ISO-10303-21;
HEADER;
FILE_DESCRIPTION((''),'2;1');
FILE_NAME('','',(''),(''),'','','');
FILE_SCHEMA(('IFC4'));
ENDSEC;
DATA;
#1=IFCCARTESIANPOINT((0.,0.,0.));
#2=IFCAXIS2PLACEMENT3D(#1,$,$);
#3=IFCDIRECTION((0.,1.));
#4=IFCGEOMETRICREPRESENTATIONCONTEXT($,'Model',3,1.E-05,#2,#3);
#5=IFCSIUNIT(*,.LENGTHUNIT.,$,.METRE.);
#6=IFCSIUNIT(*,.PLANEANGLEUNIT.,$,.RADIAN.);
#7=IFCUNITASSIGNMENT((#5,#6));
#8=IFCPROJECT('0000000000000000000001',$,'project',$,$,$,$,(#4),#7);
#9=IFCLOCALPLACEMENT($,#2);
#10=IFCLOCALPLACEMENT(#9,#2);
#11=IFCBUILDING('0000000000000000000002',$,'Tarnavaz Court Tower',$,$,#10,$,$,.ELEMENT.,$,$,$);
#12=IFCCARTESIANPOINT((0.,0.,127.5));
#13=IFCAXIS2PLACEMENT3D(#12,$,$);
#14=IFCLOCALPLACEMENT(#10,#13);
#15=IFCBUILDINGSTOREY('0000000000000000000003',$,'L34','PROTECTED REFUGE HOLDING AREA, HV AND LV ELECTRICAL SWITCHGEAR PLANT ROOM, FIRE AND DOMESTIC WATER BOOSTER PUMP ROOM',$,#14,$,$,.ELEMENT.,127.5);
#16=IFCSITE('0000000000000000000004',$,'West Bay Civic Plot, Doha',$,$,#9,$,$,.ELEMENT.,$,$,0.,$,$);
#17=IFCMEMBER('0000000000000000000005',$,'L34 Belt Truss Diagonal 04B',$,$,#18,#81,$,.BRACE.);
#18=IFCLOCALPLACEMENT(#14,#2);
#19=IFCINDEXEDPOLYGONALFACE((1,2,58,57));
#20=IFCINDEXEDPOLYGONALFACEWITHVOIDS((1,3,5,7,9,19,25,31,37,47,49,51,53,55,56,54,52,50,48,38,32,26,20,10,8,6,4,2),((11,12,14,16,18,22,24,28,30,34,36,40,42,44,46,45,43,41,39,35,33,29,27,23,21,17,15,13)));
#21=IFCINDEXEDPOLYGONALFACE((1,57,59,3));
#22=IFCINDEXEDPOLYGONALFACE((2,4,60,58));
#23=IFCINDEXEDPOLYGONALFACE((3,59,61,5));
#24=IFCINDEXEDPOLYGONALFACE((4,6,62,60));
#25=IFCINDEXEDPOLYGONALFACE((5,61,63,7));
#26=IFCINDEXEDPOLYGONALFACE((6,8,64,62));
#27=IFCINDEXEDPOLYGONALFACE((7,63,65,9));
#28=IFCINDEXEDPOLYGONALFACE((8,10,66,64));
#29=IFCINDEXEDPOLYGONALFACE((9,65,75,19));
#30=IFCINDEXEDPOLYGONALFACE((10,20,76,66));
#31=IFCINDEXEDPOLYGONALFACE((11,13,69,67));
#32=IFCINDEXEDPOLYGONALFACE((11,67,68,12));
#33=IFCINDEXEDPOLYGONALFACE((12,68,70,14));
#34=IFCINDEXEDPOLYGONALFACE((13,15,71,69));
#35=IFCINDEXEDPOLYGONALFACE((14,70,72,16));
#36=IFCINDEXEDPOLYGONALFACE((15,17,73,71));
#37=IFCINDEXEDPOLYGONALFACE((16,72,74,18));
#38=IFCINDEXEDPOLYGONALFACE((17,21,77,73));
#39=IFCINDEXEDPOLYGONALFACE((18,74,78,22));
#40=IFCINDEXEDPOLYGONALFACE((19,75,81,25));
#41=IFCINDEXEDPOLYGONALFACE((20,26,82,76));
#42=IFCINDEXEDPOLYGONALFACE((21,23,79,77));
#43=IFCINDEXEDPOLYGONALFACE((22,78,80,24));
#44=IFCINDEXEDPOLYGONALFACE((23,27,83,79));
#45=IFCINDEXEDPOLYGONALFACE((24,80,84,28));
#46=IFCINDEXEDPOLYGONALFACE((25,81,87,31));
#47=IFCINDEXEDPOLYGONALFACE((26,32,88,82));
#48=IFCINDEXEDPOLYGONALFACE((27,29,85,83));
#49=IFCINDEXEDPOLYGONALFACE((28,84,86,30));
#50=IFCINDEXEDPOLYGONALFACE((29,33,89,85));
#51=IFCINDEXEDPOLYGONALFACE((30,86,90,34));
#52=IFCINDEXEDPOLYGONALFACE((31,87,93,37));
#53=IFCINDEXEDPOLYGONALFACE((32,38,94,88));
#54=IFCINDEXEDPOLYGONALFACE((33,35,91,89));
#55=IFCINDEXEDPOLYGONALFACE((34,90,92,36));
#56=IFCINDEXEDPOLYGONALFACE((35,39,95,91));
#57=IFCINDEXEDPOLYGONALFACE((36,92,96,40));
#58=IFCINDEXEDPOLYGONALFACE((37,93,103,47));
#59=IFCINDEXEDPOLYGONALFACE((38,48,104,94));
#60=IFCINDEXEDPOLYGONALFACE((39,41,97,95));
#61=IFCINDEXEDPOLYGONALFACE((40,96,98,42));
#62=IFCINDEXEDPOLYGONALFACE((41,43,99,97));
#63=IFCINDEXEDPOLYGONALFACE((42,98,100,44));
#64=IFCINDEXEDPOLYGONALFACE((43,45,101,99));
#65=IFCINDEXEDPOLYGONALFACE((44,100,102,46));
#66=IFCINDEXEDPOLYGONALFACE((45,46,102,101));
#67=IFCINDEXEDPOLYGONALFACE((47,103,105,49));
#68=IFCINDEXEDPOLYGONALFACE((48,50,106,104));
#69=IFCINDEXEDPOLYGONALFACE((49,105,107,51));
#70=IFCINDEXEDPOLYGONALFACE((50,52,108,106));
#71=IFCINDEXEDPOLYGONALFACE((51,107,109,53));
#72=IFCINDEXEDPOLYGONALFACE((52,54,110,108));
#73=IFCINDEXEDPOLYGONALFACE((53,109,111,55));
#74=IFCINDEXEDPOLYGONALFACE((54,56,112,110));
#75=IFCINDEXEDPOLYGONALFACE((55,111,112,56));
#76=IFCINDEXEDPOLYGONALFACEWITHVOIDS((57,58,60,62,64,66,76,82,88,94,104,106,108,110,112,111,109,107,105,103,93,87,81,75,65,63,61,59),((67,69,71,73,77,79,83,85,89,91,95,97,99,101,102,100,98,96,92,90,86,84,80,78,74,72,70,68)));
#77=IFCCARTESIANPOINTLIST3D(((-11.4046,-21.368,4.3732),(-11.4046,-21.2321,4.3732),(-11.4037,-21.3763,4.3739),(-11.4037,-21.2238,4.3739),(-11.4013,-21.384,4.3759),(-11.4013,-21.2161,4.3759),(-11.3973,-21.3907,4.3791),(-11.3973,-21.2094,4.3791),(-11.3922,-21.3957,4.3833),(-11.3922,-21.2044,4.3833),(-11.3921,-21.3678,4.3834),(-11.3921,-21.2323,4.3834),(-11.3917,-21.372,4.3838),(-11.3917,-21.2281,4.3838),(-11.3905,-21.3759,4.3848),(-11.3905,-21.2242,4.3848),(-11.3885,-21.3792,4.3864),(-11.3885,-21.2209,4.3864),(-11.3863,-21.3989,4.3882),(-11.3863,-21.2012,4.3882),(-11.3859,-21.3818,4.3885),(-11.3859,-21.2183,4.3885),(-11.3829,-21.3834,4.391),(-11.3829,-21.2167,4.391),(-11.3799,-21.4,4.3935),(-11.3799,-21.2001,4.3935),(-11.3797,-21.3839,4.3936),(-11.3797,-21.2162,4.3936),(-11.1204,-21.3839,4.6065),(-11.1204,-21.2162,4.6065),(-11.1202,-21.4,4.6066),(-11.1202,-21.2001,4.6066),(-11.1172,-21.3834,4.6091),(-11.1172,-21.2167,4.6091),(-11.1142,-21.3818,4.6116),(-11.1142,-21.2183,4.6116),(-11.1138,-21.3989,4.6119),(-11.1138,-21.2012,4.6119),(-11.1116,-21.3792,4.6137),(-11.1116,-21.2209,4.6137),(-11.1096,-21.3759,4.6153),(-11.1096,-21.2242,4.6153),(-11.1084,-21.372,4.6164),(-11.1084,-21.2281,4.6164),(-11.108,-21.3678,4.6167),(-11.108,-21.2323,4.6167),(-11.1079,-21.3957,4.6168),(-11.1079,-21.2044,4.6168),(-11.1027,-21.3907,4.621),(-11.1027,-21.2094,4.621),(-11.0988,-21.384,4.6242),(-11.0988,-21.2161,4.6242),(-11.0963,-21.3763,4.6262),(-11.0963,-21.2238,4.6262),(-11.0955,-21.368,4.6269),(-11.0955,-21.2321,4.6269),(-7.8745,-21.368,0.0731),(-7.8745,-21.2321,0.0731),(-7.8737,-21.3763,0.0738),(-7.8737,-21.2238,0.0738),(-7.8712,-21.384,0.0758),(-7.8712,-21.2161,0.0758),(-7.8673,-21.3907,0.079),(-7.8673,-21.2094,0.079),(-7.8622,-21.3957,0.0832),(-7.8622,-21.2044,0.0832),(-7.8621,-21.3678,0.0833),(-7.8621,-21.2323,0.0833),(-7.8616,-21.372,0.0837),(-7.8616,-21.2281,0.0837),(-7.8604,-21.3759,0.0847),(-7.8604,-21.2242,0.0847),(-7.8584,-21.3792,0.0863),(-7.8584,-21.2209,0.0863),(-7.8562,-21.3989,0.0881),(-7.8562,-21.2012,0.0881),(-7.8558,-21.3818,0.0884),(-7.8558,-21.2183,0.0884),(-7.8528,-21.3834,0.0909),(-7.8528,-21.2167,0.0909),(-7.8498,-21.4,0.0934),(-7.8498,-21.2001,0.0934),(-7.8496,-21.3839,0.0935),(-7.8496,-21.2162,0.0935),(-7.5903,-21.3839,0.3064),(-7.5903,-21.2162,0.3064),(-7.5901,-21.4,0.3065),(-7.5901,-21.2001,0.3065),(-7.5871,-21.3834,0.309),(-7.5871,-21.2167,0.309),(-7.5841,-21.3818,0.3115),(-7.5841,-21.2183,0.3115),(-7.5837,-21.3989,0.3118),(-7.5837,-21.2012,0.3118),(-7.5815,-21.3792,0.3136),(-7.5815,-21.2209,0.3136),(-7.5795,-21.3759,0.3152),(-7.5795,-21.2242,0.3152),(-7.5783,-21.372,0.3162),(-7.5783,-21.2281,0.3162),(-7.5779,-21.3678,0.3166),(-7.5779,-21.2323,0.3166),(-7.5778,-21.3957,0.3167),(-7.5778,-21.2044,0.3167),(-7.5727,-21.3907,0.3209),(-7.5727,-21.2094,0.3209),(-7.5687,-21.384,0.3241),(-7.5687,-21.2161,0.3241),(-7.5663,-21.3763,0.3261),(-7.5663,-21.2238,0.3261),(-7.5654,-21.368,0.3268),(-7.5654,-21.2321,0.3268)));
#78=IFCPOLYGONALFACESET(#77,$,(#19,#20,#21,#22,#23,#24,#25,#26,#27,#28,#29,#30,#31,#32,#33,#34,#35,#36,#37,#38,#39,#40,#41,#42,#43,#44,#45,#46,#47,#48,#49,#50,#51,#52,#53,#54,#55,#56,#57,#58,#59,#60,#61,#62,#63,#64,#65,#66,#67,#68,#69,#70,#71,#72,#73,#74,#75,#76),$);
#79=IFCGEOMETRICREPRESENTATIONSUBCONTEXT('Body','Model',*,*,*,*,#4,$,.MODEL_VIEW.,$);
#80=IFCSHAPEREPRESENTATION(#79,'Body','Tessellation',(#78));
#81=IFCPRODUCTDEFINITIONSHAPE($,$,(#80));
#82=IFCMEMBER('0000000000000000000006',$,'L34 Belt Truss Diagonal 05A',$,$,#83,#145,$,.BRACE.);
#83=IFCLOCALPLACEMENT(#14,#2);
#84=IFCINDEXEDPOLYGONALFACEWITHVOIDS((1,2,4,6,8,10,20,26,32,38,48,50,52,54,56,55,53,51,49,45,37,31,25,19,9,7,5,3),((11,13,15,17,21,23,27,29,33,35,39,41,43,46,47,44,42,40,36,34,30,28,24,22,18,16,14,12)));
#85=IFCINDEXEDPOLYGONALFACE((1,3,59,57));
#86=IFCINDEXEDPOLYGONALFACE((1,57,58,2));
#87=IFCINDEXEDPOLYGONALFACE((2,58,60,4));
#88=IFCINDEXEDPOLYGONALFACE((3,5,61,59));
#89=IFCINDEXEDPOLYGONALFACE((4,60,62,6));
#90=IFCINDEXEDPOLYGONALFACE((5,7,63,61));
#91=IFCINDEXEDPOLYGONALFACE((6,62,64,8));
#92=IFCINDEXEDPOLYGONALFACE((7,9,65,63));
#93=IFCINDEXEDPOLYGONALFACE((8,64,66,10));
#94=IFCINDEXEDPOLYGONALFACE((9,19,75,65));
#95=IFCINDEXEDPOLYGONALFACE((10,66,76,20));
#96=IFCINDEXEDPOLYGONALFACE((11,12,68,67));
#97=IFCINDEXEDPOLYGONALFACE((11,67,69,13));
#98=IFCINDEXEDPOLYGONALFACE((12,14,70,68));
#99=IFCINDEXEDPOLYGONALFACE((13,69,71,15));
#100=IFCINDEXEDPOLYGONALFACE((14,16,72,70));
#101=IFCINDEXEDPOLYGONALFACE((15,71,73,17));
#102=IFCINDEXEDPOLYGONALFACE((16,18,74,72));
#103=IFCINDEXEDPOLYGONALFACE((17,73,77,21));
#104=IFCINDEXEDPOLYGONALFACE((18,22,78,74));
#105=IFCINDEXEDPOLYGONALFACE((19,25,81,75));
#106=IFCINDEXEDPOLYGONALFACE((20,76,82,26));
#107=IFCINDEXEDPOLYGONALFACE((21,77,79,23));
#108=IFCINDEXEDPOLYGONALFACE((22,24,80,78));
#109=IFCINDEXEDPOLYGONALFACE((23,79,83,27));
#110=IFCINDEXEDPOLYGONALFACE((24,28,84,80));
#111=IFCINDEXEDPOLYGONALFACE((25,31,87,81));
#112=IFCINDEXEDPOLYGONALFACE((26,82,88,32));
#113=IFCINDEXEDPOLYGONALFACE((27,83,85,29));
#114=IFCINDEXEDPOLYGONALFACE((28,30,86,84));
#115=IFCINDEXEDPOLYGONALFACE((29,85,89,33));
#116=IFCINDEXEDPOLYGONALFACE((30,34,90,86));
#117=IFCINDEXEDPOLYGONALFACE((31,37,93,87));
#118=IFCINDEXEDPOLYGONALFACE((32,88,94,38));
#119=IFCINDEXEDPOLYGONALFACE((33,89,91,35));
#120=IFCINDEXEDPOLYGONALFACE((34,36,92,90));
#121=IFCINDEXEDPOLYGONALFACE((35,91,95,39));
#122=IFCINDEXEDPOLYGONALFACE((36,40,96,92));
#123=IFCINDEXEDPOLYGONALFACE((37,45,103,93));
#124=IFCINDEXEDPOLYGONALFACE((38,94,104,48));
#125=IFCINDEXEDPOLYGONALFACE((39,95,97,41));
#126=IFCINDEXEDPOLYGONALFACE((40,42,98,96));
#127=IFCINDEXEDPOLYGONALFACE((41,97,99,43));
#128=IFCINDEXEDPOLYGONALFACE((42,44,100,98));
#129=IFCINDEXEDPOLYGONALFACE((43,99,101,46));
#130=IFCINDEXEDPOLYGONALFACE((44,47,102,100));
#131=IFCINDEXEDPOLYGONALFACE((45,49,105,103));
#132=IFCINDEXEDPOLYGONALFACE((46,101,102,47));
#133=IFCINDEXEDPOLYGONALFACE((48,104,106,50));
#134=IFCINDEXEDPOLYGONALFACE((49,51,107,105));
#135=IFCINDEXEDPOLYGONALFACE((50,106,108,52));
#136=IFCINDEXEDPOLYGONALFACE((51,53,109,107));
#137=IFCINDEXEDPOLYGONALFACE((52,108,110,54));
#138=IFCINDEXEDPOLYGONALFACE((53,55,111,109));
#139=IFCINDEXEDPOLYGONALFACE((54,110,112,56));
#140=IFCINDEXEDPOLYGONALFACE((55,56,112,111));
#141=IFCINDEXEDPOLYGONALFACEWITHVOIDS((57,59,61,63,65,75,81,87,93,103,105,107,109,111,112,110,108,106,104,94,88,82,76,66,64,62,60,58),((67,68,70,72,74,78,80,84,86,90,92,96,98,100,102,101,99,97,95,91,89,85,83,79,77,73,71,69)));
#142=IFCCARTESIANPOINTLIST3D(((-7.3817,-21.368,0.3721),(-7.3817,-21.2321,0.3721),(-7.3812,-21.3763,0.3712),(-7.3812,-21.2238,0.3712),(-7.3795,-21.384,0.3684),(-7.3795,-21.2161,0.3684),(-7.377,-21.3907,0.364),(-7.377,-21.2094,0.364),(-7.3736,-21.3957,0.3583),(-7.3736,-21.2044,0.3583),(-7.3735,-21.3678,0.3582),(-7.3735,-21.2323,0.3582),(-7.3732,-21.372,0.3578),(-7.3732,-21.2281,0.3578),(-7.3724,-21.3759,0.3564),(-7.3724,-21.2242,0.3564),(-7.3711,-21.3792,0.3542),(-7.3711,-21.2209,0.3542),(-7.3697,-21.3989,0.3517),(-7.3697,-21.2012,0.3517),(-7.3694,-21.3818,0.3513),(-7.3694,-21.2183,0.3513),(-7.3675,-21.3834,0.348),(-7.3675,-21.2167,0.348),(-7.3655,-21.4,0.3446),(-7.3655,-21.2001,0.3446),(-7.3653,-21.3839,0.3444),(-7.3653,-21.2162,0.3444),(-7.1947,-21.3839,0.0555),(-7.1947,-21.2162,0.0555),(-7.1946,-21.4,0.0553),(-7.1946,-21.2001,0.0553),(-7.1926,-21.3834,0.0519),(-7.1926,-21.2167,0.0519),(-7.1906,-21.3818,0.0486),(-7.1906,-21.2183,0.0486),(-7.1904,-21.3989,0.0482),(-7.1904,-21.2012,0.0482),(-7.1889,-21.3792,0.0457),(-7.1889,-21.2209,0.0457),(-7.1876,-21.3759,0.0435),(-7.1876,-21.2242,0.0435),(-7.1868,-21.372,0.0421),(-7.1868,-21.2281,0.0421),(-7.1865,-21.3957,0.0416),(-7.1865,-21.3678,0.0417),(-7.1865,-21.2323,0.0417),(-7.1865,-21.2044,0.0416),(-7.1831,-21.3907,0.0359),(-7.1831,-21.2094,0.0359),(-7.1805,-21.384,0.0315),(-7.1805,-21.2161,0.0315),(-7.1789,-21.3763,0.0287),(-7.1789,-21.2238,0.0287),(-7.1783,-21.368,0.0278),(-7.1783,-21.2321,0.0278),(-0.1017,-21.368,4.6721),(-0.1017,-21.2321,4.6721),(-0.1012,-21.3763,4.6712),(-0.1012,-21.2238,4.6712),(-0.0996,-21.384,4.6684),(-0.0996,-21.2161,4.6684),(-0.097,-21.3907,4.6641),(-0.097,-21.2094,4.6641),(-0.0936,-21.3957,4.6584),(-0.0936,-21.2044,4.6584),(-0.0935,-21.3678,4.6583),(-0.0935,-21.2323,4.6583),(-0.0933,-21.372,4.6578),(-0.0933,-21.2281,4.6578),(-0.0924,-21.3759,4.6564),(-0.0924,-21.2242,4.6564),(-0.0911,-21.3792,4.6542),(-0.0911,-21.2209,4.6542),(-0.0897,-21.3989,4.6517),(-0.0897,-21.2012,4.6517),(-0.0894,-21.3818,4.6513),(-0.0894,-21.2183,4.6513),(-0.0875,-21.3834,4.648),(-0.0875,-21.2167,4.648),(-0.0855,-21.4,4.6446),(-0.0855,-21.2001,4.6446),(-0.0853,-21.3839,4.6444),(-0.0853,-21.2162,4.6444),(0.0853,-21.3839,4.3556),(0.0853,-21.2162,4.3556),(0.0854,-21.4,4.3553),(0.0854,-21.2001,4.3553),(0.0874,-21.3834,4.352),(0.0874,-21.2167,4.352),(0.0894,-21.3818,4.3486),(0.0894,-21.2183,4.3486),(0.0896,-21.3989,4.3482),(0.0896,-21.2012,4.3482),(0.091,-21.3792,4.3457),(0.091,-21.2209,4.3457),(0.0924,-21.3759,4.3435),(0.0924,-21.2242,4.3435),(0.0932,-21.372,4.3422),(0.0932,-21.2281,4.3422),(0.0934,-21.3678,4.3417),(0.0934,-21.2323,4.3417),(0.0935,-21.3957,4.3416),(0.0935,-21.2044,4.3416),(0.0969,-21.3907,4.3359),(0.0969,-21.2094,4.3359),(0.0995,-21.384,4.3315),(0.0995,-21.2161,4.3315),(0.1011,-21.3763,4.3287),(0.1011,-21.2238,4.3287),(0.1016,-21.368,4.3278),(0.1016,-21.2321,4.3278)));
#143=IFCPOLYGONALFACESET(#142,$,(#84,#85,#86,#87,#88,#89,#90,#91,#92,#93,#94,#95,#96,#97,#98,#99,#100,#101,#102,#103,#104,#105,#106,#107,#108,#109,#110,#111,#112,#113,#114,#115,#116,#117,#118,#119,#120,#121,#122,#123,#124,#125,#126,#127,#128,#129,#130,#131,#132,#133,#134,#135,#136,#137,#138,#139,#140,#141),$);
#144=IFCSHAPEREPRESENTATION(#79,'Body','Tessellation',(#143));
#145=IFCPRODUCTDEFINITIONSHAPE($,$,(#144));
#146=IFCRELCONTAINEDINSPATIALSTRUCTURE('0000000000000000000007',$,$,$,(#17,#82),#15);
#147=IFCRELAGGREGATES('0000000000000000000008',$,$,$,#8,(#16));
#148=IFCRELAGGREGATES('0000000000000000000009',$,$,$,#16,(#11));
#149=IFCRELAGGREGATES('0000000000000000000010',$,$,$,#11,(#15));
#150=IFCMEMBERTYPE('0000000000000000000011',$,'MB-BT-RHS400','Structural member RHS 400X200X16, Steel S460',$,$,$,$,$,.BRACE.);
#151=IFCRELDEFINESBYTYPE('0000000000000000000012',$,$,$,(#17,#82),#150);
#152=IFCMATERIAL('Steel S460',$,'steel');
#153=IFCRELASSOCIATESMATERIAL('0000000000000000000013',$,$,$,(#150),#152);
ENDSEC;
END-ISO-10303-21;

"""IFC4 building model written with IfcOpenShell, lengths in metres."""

from ifc_helpers import new_model, si_unit, direction, frame, origin, origin_2d, place, context, subcontext, project, spatial, hollow_rectangle, extrude, material, material_profile, profile_set, type_object, element, save


model = new_model("IFC4")

# Units and contexts
model_context = context("Model", 3, precision=1e-05, world=origin(), true_north=direction((0.0, 1.0)))
body_context = subcontext(model_context, "Body", "Model", "MODEL_VIEW")
ifc_project = project(units=[si_unit("LENGTHUNIT", "METRE"), si_unit("PLANEANGLEUNIT", "RADIAN")], contexts=[model_context])

# Site, building, storey
site_placement = place(None, origin())
site = spatial("IfcSite", under=ifc_project, at=site_placement, Name="West Bay Civic Plot, Doha", CompositionType="ELEMENT", RefElevation=0.0)
building_placement = place(site_placement, origin())
building = spatial("IfcBuilding", under=site, at=building_placement, Name="Tarnavaz Court Tower", CompositionType="ELEMENT")
storey_placement = place(building_placement, frame((0.0, 0.0, 127.5)))
storey = spatial("IfcBuildingStorey", under=building, at=storey_placement, Name="L34", Description="PROTECTED REFUGE HOLDING AREA, HV AND LV ELECTRICAL SWITCHGEAR PLANT ROOM, FIRE AND DOMESTIC WATER BOOSTER PUMP ROOM", CompositionType="ELEMENT", Elevation=127.5)

# Shared definitions
ifc_material_1 = material(Name="Steel S460", Category="steel")

# Members
ifc_material_profile_1 = material_profile(ifc_material_1, hollow_rectangle(XDim=0.2, YDim=0.3999, WallThickness=0.0161, InnerFilletRadius=0.0161, OuterFilletRadius=0.032, at=origin_2d()), Name="RHS 400X200X16")
ifc_profile_set_1 = profile_set([ifc_material_profile_1], Name="Steel S460")
member_type_1 = type_object("IfcMemberType", Name="MB-BT-RHS400", Description="Structural member RHS 400X200X16, Steel S460", PredefinedType="BRACE", material=ifc_profile_set_1)
member_1_placement = place(storey_placement, frame((-7.72, -21.3, 0.2), z_axis=(-0.634508, 0.0, 0.772916), x_axis=(0.0, -1.0, 0.0)))
element("IfcMember", 1, at=member_1_placement, inside=storey, type_object=member_type_1, Name="L34 Belt Truss Diagonal 04B", PredefinedType="BRACE", context=body_context, shape_type="SweptSolid", body=[
    extrude(hollow_rectangle(XDim=0.2, YDim=0.3999, WallThickness=0.0161, InnerFilletRadius=0.0161, OuterFilletRadius=0.032, at=origin_2d()), origin(), (0.0, 0.0, 1.0), 5.5635),
])
member_2_placement = place(storey_placement, frame((-7.28, -21.3, 0.2), z_axis=(0.861019, 0.0, 0.508573), x_axis=(0.0, 1.0, 0.0)))
element("IfcMember", 2, at=member_2_placement, inside=storey, type_object=member_type_1, Name="L34 Belt Truss Diagonal 05A", PredefinedType="BRACE", context=body_context, shape_type="SweptSolid", body=[
    extrude(hollow_rectangle(XDim=0.2, YDim=0.3999, WallThickness=0.0161, InnerFilletRadius=0.0161, OuterFilletRadius=0.032, at=origin_2d()), origin(), (0.0, 0.0, 1.0), 8.4551),
])

save(model, "model.ifc")
